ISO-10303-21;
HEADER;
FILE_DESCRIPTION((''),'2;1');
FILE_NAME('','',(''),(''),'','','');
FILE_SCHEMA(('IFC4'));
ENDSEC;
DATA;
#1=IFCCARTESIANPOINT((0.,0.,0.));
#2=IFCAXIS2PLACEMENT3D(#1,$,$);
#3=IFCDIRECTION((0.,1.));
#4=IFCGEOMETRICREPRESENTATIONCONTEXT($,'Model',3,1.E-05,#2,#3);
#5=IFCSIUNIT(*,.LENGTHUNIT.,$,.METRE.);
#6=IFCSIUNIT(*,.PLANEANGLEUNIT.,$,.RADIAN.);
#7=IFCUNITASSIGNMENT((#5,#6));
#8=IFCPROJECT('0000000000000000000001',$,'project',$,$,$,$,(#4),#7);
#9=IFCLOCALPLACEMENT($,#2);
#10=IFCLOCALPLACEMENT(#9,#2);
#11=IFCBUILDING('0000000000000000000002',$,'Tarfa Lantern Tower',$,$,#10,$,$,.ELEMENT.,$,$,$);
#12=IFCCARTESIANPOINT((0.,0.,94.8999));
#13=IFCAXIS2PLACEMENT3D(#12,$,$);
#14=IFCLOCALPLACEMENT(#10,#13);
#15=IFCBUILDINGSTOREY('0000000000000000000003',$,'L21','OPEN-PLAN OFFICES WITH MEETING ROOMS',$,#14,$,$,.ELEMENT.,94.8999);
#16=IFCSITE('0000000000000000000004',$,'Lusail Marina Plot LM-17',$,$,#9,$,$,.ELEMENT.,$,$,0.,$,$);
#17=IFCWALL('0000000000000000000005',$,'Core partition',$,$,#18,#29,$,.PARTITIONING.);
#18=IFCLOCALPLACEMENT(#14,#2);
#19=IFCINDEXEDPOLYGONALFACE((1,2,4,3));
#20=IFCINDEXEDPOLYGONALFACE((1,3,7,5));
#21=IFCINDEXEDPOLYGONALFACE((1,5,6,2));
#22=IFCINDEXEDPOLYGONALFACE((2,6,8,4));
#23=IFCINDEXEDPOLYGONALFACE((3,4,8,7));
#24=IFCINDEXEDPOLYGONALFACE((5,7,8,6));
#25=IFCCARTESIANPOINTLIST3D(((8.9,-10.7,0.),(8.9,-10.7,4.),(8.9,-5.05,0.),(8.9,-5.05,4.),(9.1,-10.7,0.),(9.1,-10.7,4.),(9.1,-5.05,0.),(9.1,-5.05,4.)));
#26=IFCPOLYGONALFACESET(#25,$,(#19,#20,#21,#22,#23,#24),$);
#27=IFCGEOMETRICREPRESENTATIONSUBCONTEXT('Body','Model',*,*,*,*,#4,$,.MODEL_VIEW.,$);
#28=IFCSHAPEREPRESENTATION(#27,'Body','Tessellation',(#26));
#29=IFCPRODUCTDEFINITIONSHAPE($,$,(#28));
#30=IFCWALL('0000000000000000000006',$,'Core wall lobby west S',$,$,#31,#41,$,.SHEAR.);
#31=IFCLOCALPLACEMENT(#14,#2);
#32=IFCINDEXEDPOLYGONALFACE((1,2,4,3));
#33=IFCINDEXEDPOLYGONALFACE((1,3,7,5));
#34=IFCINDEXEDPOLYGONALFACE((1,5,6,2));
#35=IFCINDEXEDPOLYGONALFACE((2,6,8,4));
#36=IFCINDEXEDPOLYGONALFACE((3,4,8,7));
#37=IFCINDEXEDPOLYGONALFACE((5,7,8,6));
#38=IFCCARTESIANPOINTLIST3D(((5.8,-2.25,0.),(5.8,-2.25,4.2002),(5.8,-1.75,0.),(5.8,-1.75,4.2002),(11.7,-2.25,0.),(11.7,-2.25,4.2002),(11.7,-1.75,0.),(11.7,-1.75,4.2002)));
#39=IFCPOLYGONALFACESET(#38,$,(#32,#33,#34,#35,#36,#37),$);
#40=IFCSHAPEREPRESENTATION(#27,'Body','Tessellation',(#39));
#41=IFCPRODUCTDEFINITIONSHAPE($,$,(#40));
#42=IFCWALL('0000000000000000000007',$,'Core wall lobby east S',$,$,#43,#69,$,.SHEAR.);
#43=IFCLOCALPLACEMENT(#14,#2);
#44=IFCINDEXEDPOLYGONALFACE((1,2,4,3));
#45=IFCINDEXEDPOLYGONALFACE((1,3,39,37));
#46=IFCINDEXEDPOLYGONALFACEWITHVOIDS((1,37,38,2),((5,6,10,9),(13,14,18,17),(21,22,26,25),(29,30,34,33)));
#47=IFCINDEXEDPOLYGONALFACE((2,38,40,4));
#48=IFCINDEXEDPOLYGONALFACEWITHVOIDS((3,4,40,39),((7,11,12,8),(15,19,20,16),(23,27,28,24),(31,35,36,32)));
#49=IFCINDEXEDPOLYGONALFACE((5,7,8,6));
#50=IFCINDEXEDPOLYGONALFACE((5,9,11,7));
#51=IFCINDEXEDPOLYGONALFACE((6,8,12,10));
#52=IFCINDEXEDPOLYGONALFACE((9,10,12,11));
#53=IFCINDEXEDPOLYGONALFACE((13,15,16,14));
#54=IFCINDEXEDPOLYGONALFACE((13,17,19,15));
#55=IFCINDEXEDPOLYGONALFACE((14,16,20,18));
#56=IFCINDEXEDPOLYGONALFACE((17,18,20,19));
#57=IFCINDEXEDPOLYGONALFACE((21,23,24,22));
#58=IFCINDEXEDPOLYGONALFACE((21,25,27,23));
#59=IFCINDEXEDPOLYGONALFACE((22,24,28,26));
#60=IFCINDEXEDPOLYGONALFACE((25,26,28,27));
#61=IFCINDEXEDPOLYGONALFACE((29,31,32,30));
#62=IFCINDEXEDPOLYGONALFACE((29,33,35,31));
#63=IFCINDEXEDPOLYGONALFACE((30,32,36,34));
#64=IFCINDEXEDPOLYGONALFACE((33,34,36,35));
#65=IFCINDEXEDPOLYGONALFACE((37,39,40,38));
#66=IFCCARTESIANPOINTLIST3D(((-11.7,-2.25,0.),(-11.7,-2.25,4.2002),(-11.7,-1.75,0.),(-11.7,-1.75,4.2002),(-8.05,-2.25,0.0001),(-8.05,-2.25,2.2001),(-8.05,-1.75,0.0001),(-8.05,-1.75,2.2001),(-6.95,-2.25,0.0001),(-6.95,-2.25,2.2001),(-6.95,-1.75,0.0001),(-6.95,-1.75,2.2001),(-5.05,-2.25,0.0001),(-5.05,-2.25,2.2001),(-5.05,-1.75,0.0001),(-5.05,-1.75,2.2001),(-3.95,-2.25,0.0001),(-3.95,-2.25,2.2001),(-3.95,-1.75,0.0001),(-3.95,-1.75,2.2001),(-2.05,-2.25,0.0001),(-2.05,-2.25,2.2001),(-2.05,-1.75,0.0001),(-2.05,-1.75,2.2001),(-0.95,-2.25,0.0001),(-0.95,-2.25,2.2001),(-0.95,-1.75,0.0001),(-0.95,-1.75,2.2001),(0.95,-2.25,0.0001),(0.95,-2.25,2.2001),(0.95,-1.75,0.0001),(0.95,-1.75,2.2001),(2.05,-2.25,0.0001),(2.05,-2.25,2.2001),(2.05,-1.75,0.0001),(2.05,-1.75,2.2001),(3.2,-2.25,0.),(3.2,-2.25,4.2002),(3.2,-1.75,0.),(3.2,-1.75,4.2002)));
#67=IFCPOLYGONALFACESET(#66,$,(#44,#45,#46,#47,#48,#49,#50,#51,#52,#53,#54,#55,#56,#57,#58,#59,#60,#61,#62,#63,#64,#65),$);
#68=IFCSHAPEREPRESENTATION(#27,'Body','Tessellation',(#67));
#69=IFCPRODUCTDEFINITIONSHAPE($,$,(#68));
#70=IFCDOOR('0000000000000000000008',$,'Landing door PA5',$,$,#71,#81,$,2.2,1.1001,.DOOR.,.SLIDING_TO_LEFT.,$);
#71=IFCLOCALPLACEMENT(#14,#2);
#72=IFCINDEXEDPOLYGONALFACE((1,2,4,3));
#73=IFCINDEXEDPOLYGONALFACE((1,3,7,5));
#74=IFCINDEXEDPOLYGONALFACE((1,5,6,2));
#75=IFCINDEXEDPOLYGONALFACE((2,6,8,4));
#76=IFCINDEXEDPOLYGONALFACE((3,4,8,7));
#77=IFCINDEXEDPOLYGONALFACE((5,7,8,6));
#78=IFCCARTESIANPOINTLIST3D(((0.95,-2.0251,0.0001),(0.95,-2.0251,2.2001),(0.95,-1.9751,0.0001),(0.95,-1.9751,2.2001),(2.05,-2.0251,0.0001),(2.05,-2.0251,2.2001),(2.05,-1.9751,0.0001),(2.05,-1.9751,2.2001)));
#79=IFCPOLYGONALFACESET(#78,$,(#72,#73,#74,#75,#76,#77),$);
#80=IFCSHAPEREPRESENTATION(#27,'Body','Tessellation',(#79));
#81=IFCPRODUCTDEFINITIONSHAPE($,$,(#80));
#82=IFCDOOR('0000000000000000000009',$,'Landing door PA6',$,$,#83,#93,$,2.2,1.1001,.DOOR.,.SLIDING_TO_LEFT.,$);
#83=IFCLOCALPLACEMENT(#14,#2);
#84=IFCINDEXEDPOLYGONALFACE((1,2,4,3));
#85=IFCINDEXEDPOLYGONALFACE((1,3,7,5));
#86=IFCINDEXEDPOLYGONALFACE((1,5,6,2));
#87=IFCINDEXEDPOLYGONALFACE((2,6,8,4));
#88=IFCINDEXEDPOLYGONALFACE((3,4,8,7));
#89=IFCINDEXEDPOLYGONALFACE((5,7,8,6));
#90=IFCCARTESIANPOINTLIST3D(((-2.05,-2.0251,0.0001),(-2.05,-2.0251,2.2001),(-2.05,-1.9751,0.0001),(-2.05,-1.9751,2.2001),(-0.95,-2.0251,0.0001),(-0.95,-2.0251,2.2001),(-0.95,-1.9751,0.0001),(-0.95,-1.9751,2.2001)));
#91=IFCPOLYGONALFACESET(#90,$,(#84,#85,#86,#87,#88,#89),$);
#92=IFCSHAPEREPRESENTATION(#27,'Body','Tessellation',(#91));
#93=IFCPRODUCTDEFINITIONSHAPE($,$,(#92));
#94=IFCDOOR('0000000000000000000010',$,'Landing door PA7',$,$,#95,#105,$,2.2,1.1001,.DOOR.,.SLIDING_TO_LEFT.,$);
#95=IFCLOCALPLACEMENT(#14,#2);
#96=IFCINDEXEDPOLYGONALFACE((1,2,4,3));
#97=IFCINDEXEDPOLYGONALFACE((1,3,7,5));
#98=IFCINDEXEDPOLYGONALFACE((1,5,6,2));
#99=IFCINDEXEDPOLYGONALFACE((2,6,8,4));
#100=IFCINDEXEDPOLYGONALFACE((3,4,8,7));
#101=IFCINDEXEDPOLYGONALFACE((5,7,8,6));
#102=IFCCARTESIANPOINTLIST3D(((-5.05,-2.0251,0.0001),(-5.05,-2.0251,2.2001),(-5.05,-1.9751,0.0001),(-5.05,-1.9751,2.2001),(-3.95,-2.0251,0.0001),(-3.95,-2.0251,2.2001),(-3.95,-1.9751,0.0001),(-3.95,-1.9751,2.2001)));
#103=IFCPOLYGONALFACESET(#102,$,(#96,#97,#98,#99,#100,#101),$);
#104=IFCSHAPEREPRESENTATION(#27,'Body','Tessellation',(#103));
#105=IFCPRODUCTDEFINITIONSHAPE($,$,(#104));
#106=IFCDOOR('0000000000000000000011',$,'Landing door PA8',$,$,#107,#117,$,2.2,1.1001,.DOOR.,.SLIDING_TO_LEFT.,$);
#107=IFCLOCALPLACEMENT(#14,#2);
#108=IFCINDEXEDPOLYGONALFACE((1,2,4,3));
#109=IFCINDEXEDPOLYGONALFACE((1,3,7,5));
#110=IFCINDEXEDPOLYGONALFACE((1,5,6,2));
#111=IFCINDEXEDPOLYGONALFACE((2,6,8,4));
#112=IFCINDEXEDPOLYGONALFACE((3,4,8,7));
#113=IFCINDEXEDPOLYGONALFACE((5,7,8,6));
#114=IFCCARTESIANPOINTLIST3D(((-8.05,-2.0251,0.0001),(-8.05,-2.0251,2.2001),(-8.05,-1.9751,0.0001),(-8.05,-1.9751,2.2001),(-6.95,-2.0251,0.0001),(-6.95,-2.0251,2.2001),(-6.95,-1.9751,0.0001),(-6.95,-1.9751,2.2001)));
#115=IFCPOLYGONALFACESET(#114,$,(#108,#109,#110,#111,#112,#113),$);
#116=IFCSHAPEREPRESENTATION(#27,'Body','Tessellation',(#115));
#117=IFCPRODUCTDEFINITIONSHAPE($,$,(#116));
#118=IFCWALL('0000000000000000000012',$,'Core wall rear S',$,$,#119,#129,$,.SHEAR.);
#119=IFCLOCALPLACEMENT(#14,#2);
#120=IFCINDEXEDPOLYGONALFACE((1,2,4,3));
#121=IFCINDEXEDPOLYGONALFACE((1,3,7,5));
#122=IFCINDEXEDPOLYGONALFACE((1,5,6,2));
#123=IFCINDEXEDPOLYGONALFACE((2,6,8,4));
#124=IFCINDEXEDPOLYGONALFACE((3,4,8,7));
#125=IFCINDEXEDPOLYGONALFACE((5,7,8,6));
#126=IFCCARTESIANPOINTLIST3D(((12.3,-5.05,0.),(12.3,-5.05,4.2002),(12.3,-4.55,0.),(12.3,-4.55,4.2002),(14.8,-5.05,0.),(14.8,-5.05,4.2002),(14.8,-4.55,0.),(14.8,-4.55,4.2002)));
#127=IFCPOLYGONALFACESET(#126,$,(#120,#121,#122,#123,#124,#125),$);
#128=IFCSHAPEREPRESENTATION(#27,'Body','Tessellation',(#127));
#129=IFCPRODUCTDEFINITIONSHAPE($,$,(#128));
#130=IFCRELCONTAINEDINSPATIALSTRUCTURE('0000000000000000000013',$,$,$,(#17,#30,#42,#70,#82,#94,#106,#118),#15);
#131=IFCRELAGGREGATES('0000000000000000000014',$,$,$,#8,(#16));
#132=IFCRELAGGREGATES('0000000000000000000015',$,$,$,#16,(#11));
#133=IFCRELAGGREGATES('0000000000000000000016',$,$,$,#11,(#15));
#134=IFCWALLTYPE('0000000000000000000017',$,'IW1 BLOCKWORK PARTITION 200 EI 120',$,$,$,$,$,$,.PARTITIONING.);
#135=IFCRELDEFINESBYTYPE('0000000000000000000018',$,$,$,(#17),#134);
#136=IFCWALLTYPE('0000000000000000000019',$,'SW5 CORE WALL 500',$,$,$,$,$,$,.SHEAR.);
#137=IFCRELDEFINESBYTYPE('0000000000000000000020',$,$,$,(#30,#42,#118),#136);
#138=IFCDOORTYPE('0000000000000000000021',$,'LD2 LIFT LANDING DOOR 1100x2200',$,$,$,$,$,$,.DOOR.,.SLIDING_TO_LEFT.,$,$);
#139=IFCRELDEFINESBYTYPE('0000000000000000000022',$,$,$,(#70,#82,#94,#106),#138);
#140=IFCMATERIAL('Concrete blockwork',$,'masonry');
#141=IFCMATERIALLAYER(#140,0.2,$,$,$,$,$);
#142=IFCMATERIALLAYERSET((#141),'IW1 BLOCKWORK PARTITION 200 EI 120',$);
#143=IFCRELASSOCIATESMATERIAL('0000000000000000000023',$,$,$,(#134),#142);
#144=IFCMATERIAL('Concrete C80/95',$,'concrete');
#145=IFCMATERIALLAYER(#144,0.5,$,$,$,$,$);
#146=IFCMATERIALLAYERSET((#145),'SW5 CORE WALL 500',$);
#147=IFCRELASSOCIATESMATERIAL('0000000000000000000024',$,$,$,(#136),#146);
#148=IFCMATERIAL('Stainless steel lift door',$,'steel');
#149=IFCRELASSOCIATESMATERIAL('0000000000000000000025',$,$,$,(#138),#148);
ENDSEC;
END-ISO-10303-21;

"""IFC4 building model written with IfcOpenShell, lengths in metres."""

from ifc_helpers import new_model, si_unit, direction, frame, frame_2d, origin, place, context, subcontext, project, spatial, rectangle, extrude, material, layer, layer_set, type_object, element, fill, save


model = new_model("IFC4")

# Units and contexts
model_context = context("Model", 3, precision=1e-05, world=origin(), true_north=direction((0.0, 1.0)))
body_context = subcontext(model_context, "Body", "Model", "MODEL_VIEW")
ifc_project = project(units=[si_unit("LENGTHUNIT", "METRE"), si_unit("PLANEANGLEUNIT", "RADIAN")], contexts=[model_context])

# Site, building, storey
site_placement = place(None, origin())
site = spatial("IfcSite", under=ifc_project, at=site_placement, Name="Lusail Marina Plot LM-17", CompositionType="ELEMENT", RefElevation=0.0)
building_placement = place(site_placement, origin())
building = spatial("IfcBuilding", under=site, at=building_placement, Name="Tarfa Lantern Tower", CompositionType="ELEMENT")
storey_placement = place(building_placement, frame((0.0, 0.0, 94.8999)))
storey = spatial("IfcBuildingStorey", under=building, at=storey_placement, Name="L21", Description="OPEN-PLAN OFFICES WITH MEETING ROOMS", CompositionType="ELEMENT", Elevation=94.8999)

# Walls
ifc_material_1 = material(Name="Concrete blockwork", Category="masonry")
ifc_layer_1 = layer(ifc_material_1, 0.2)
ifc_layer_set_1 = layer_set([ifc_layer_1], Name="IW1 BLOCKWORK PARTITION 200 EI 120")
wall_type_1 = type_object("IfcWallType", Name="IW1 BLOCKWORK PARTITION 200 EI 120", PredefinedType="PARTITIONING", material=ifc_layer_set_1)
wall_1_placement = place(storey_placement, frame((9.0, -5.05, 0.0), z_axis=(0.0, 0.0, 1.0), x_axis=(0.0, -1.0, 0.0)))
element("IfcWall", 1, at=wall_1_placement, inside=storey, type_object=wall_type_1, Name="Core partition", PredefinedType="PARTITIONING", context=body_context, shape_type="SweptSolid", body=[
    extrude(rectangle(XDim=5.6499, YDim=0.2, at=frame_2d((2.825, 0.0))), origin(), (0.0, 0.0, 1.0), 4.0),
])
ifc_material_2 = material(Name="Concrete C80/95", Category="concrete")
ifc_layer_2 = layer(ifc_material_2, 0.5)
ifc_layer_set_2 = layer_set([ifc_layer_2], Name="SW5 CORE WALL 500")
wall_type_2 = type_object("IfcWallType", Name="SW5 CORE WALL 500", PredefinedType="SHEAR", material=ifc_layer_set_2)
wall_2_placement = place(storey_placement, frame((11.7, -2.0, 0.0), z_axis=(0.0, 0.0, 1.0), x_axis=(-1.0, 0.0, 0.0)))
element("IfcWall", 2, at=wall_2_placement, inside=storey, type_object=wall_type_2, Name="Core wall lobby west S", PredefinedType="SHEAR", context=body_context, shape_type="SweptSolid", body=[
    extrude(rectangle(XDim=5.8999, YDim=0.5, at=frame_2d((2.95, 0.0))), origin(), (0.0, 0.0, 1.0), 4.2002),
])

# Wall, openings, doors
wall_3_placement = place(storey_placement, frame((3.2, -2.0, 0.0), z_axis=(0.0, 0.0, 1.0), x_axis=(-1.0, 0.0, 0.0)))
wall_3 = element("IfcWall", 3, at=wall_3_placement, inside=storey, type_object=wall_type_2, Name="Core wall lobby east S", PredefinedType="SHEAR", context=body_context, shape_type="SweptSolid", body=[
    extrude(rectangle(XDim=14.8999, YDim=0.5, at=frame_2d((7.45, 0.0))), origin(), (0.0, 0.0, 1.0), 4.2002),
])
opening_1_placement = place(wall_3_placement, frame((1.1499, 0.0, 0.0)))
opening_1 = element("IfcOpeningElement", 4, at=opening_1_placement, cuts=wall_3, PredefinedType="OPENING", context=body_context, shape_type="SweptSolid", body=[
    extrude(rectangle(XDim=1.1001, YDim=2.2, at=frame_2d((0.55, 1.1001))), frame((0.0, 0.26, 0.0), z_axis=(0.0, -1.0, 0.0), x_axis=(1.0, 0.0, 0.0)), (0.0, 0.0, 1.0), 0.52),
])
opening_2_placement = place(wall_3_placement, frame((4.1499, 0.0, 0.0)))
opening_2 = element("IfcOpeningElement", 5, at=opening_2_placement, cuts=wall_3, PredefinedType="OPENING", context=body_context, shape_type="SweptSolid", body=[
    extrude(rectangle(XDim=1.1001, YDim=2.2, at=frame_2d((0.55, 1.1001))), frame((0.0, 0.26, 0.0), z_axis=(0.0, -1.0, 0.0), x_axis=(1.0, 0.0, 0.0)), (0.0, 0.0, 1.0), 0.52),
])
opening_3_placement = place(wall_3_placement, frame((7.1499, 0.0, 0.0)))
opening_3 = element("IfcOpeningElement", 6, at=opening_3_placement, cuts=wall_3, PredefinedType="OPENING", context=body_context, shape_type="SweptSolid", body=[
    extrude(rectangle(XDim=1.1001, YDim=2.2, at=frame_2d((0.55, 1.1001))), frame((0.0, 0.26, 0.0), z_axis=(0.0, -1.0, 0.0), x_axis=(1.0, 0.0, 0.0)), (0.0, 0.0, 1.0), 0.52),
])
opening_4_placement = place(wall_3_placement, frame((10.1499, 0.0, 0.0)))
opening_4 = element("IfcOpeningElement", 7, at=opening_4_placement, cuts=wall_3, PredefinedType="OPENING", context=body_context, shape_type="SweptSolid", body=[
    extrude(rectangle(XDim=1.1001, YDim=2.2, at=frame_2d((0.55, 1.1001))), frame((0.0, 0.26, 0.0), z_axis=(0.0, -1.0, 0.0), x_axis=(1.0, 0.0, 0.0)), (0.0, 0.0, 1.0), 0.52),
])
ifc_material_3 = material(Name="Stainless steel lift door", Category="steel")
door_type_1 = type_object("IfcDoorType", Name="LD2 LIFT LANDING DOOR 1100x2200", OperationType="SLIDING_TO_LEFT", PredefinedType="DOOR", material=ifc_material_3)
door_1_placement = place(opening_1_placement, frame((1.1001, 0.0, 0.0), z_axis=(0.0, 0.0, 1.0), x_axis=(-1.0, 0.0, 0.0)))
door_1 = element("IfcDoor", 8, at=door_1_placement, inside=storey, type_object=door_type_1, Name="Landing door PA5", OperationType="SLIDING_TO_LEFT", OverallHeight=2.2, OverallWidth=1.1001, PredefinedType="DOOR", context=body_context, shape_type="SweptSolid", body=[
    extrude(rectangle(XDim=1.1001, YDim=2.2, at=frame_2d((0.55, 1.1001))), frame((0.0, 0.0249, 0.0), z_axis=(0.0, -1.0, 0.0), x_axis=(1.0, 0.0, 0.0)), (0.0, 0.0, 1.0), 0.05),
])
fill(opening_1, door_1)
door_2_placement = place(opening_2_placement, frame((1.1001, 0.0, 0.0), z_axis=(0.0, 0.0, 1.0), x_axis=(-1.0, 0.0, 0.0)))
door_2 = element("IfcDoor", 9, at=door_2_placement, inside=storey, type_object=door_type_1, Name="Landing door PA6", OperationType="SLIDING_TO_LEFT", OverallHeight=2.2, OverallWidth=1.1001, PredefinedType="DOOR", context=body_context, shape_type="SweptSolid", body=[
    extrude(rectangle(XDim=1.1001, YDim=2.2, at=frame_2d((0.55, 1.1001))), frame((0.0, 0.0249, 0.0), z_axis=(0.0, -1.0, 0.0), x_axis=(1.0, 0.0, 0.0)), (0.0, 0.0, 1.0), 0.05),
])
fill(opening_2, door_2)
door_3_placement = place(opening_3_placement, frame((1.1001, 0.0, 0.0), z_axis=(0.0, 0.0, 1.0), x_axis=(-1.0, 0.0, 0.0)))
door_3 = element("IfcDoor", 10, at=door_3_placement, inside=storey, type_object=door_type_1, Name="Landing door PA7", OperationType="SLIDING_TO_LEFT", OverallHeight=2.2, OverallWidth=1.1001, PredefinedType="DOOR", context=body_context, shape_type="SweptSolid", body=[
    extrude(rectangle(XDim=1.1001, YDim=2.2, at=frame_2d((0.55, 1.1001))), frame((0.0, 0.0249, 0.0), z_axis=(0.0, -1.0, 0.0), x_axis=(1.0, 0.0, 0.0)), (0.0, 0.0, 1.0), 0.05),
])
fill(opening_3, door_3)
door_4_placement = place(opening_4_placement, frame((1.1001, 0.0, 0.0), z_axis=(0.0, 0.0, 1.0), x_axis=(-1.0, 0.0, 0.0)))
door_4 = element("IfcDoor", 11, at=door_4_placement, inside=storey, type_object=door_type_1, Name="Landing door PA8", OperationType="SLIDING_TO_LEFT", OverallHeight=2.2, OverallWidth=1.1001, PredefinedType="DOOR", context=body_context, shape_type="SweptSolid", body=[
    extrude(rectangle(XDim=1.1001, YDim=2.2, at=frame_2d((0.55, 1.1001))), frame((0.0, 0.0249, 0.0), z_axis=(0.0, -1.0, 0.0), x_axis=(1.0, 0.0, 0.0)), (0.0, 0.0, 1.0), 0.05),
])
fill(opening_4, door_4)

# Wall
wall_4_placement = place(storey_placement, frame((14.8, -4.8, 0.0), z_axis=(0.0, 0.0, 1.0), x_axis=(-1.0, 0.0, 0.0)))
element("IfcWall", 12, at=wall_4_placement, inside=storey, type_object=wall_type_2, Name="Core wall rear S", PredefinedType="SHEAR", context=body_context, shape_type="SweptSolid", body=[
    extrude(rectangle(XDim=2.5, YDim=0.5, at=frame_2d((1.25, 0.0))), origin(), (0.0, 0.0, 1.0), 4.2002),
])

save(model, "model.ifc")
